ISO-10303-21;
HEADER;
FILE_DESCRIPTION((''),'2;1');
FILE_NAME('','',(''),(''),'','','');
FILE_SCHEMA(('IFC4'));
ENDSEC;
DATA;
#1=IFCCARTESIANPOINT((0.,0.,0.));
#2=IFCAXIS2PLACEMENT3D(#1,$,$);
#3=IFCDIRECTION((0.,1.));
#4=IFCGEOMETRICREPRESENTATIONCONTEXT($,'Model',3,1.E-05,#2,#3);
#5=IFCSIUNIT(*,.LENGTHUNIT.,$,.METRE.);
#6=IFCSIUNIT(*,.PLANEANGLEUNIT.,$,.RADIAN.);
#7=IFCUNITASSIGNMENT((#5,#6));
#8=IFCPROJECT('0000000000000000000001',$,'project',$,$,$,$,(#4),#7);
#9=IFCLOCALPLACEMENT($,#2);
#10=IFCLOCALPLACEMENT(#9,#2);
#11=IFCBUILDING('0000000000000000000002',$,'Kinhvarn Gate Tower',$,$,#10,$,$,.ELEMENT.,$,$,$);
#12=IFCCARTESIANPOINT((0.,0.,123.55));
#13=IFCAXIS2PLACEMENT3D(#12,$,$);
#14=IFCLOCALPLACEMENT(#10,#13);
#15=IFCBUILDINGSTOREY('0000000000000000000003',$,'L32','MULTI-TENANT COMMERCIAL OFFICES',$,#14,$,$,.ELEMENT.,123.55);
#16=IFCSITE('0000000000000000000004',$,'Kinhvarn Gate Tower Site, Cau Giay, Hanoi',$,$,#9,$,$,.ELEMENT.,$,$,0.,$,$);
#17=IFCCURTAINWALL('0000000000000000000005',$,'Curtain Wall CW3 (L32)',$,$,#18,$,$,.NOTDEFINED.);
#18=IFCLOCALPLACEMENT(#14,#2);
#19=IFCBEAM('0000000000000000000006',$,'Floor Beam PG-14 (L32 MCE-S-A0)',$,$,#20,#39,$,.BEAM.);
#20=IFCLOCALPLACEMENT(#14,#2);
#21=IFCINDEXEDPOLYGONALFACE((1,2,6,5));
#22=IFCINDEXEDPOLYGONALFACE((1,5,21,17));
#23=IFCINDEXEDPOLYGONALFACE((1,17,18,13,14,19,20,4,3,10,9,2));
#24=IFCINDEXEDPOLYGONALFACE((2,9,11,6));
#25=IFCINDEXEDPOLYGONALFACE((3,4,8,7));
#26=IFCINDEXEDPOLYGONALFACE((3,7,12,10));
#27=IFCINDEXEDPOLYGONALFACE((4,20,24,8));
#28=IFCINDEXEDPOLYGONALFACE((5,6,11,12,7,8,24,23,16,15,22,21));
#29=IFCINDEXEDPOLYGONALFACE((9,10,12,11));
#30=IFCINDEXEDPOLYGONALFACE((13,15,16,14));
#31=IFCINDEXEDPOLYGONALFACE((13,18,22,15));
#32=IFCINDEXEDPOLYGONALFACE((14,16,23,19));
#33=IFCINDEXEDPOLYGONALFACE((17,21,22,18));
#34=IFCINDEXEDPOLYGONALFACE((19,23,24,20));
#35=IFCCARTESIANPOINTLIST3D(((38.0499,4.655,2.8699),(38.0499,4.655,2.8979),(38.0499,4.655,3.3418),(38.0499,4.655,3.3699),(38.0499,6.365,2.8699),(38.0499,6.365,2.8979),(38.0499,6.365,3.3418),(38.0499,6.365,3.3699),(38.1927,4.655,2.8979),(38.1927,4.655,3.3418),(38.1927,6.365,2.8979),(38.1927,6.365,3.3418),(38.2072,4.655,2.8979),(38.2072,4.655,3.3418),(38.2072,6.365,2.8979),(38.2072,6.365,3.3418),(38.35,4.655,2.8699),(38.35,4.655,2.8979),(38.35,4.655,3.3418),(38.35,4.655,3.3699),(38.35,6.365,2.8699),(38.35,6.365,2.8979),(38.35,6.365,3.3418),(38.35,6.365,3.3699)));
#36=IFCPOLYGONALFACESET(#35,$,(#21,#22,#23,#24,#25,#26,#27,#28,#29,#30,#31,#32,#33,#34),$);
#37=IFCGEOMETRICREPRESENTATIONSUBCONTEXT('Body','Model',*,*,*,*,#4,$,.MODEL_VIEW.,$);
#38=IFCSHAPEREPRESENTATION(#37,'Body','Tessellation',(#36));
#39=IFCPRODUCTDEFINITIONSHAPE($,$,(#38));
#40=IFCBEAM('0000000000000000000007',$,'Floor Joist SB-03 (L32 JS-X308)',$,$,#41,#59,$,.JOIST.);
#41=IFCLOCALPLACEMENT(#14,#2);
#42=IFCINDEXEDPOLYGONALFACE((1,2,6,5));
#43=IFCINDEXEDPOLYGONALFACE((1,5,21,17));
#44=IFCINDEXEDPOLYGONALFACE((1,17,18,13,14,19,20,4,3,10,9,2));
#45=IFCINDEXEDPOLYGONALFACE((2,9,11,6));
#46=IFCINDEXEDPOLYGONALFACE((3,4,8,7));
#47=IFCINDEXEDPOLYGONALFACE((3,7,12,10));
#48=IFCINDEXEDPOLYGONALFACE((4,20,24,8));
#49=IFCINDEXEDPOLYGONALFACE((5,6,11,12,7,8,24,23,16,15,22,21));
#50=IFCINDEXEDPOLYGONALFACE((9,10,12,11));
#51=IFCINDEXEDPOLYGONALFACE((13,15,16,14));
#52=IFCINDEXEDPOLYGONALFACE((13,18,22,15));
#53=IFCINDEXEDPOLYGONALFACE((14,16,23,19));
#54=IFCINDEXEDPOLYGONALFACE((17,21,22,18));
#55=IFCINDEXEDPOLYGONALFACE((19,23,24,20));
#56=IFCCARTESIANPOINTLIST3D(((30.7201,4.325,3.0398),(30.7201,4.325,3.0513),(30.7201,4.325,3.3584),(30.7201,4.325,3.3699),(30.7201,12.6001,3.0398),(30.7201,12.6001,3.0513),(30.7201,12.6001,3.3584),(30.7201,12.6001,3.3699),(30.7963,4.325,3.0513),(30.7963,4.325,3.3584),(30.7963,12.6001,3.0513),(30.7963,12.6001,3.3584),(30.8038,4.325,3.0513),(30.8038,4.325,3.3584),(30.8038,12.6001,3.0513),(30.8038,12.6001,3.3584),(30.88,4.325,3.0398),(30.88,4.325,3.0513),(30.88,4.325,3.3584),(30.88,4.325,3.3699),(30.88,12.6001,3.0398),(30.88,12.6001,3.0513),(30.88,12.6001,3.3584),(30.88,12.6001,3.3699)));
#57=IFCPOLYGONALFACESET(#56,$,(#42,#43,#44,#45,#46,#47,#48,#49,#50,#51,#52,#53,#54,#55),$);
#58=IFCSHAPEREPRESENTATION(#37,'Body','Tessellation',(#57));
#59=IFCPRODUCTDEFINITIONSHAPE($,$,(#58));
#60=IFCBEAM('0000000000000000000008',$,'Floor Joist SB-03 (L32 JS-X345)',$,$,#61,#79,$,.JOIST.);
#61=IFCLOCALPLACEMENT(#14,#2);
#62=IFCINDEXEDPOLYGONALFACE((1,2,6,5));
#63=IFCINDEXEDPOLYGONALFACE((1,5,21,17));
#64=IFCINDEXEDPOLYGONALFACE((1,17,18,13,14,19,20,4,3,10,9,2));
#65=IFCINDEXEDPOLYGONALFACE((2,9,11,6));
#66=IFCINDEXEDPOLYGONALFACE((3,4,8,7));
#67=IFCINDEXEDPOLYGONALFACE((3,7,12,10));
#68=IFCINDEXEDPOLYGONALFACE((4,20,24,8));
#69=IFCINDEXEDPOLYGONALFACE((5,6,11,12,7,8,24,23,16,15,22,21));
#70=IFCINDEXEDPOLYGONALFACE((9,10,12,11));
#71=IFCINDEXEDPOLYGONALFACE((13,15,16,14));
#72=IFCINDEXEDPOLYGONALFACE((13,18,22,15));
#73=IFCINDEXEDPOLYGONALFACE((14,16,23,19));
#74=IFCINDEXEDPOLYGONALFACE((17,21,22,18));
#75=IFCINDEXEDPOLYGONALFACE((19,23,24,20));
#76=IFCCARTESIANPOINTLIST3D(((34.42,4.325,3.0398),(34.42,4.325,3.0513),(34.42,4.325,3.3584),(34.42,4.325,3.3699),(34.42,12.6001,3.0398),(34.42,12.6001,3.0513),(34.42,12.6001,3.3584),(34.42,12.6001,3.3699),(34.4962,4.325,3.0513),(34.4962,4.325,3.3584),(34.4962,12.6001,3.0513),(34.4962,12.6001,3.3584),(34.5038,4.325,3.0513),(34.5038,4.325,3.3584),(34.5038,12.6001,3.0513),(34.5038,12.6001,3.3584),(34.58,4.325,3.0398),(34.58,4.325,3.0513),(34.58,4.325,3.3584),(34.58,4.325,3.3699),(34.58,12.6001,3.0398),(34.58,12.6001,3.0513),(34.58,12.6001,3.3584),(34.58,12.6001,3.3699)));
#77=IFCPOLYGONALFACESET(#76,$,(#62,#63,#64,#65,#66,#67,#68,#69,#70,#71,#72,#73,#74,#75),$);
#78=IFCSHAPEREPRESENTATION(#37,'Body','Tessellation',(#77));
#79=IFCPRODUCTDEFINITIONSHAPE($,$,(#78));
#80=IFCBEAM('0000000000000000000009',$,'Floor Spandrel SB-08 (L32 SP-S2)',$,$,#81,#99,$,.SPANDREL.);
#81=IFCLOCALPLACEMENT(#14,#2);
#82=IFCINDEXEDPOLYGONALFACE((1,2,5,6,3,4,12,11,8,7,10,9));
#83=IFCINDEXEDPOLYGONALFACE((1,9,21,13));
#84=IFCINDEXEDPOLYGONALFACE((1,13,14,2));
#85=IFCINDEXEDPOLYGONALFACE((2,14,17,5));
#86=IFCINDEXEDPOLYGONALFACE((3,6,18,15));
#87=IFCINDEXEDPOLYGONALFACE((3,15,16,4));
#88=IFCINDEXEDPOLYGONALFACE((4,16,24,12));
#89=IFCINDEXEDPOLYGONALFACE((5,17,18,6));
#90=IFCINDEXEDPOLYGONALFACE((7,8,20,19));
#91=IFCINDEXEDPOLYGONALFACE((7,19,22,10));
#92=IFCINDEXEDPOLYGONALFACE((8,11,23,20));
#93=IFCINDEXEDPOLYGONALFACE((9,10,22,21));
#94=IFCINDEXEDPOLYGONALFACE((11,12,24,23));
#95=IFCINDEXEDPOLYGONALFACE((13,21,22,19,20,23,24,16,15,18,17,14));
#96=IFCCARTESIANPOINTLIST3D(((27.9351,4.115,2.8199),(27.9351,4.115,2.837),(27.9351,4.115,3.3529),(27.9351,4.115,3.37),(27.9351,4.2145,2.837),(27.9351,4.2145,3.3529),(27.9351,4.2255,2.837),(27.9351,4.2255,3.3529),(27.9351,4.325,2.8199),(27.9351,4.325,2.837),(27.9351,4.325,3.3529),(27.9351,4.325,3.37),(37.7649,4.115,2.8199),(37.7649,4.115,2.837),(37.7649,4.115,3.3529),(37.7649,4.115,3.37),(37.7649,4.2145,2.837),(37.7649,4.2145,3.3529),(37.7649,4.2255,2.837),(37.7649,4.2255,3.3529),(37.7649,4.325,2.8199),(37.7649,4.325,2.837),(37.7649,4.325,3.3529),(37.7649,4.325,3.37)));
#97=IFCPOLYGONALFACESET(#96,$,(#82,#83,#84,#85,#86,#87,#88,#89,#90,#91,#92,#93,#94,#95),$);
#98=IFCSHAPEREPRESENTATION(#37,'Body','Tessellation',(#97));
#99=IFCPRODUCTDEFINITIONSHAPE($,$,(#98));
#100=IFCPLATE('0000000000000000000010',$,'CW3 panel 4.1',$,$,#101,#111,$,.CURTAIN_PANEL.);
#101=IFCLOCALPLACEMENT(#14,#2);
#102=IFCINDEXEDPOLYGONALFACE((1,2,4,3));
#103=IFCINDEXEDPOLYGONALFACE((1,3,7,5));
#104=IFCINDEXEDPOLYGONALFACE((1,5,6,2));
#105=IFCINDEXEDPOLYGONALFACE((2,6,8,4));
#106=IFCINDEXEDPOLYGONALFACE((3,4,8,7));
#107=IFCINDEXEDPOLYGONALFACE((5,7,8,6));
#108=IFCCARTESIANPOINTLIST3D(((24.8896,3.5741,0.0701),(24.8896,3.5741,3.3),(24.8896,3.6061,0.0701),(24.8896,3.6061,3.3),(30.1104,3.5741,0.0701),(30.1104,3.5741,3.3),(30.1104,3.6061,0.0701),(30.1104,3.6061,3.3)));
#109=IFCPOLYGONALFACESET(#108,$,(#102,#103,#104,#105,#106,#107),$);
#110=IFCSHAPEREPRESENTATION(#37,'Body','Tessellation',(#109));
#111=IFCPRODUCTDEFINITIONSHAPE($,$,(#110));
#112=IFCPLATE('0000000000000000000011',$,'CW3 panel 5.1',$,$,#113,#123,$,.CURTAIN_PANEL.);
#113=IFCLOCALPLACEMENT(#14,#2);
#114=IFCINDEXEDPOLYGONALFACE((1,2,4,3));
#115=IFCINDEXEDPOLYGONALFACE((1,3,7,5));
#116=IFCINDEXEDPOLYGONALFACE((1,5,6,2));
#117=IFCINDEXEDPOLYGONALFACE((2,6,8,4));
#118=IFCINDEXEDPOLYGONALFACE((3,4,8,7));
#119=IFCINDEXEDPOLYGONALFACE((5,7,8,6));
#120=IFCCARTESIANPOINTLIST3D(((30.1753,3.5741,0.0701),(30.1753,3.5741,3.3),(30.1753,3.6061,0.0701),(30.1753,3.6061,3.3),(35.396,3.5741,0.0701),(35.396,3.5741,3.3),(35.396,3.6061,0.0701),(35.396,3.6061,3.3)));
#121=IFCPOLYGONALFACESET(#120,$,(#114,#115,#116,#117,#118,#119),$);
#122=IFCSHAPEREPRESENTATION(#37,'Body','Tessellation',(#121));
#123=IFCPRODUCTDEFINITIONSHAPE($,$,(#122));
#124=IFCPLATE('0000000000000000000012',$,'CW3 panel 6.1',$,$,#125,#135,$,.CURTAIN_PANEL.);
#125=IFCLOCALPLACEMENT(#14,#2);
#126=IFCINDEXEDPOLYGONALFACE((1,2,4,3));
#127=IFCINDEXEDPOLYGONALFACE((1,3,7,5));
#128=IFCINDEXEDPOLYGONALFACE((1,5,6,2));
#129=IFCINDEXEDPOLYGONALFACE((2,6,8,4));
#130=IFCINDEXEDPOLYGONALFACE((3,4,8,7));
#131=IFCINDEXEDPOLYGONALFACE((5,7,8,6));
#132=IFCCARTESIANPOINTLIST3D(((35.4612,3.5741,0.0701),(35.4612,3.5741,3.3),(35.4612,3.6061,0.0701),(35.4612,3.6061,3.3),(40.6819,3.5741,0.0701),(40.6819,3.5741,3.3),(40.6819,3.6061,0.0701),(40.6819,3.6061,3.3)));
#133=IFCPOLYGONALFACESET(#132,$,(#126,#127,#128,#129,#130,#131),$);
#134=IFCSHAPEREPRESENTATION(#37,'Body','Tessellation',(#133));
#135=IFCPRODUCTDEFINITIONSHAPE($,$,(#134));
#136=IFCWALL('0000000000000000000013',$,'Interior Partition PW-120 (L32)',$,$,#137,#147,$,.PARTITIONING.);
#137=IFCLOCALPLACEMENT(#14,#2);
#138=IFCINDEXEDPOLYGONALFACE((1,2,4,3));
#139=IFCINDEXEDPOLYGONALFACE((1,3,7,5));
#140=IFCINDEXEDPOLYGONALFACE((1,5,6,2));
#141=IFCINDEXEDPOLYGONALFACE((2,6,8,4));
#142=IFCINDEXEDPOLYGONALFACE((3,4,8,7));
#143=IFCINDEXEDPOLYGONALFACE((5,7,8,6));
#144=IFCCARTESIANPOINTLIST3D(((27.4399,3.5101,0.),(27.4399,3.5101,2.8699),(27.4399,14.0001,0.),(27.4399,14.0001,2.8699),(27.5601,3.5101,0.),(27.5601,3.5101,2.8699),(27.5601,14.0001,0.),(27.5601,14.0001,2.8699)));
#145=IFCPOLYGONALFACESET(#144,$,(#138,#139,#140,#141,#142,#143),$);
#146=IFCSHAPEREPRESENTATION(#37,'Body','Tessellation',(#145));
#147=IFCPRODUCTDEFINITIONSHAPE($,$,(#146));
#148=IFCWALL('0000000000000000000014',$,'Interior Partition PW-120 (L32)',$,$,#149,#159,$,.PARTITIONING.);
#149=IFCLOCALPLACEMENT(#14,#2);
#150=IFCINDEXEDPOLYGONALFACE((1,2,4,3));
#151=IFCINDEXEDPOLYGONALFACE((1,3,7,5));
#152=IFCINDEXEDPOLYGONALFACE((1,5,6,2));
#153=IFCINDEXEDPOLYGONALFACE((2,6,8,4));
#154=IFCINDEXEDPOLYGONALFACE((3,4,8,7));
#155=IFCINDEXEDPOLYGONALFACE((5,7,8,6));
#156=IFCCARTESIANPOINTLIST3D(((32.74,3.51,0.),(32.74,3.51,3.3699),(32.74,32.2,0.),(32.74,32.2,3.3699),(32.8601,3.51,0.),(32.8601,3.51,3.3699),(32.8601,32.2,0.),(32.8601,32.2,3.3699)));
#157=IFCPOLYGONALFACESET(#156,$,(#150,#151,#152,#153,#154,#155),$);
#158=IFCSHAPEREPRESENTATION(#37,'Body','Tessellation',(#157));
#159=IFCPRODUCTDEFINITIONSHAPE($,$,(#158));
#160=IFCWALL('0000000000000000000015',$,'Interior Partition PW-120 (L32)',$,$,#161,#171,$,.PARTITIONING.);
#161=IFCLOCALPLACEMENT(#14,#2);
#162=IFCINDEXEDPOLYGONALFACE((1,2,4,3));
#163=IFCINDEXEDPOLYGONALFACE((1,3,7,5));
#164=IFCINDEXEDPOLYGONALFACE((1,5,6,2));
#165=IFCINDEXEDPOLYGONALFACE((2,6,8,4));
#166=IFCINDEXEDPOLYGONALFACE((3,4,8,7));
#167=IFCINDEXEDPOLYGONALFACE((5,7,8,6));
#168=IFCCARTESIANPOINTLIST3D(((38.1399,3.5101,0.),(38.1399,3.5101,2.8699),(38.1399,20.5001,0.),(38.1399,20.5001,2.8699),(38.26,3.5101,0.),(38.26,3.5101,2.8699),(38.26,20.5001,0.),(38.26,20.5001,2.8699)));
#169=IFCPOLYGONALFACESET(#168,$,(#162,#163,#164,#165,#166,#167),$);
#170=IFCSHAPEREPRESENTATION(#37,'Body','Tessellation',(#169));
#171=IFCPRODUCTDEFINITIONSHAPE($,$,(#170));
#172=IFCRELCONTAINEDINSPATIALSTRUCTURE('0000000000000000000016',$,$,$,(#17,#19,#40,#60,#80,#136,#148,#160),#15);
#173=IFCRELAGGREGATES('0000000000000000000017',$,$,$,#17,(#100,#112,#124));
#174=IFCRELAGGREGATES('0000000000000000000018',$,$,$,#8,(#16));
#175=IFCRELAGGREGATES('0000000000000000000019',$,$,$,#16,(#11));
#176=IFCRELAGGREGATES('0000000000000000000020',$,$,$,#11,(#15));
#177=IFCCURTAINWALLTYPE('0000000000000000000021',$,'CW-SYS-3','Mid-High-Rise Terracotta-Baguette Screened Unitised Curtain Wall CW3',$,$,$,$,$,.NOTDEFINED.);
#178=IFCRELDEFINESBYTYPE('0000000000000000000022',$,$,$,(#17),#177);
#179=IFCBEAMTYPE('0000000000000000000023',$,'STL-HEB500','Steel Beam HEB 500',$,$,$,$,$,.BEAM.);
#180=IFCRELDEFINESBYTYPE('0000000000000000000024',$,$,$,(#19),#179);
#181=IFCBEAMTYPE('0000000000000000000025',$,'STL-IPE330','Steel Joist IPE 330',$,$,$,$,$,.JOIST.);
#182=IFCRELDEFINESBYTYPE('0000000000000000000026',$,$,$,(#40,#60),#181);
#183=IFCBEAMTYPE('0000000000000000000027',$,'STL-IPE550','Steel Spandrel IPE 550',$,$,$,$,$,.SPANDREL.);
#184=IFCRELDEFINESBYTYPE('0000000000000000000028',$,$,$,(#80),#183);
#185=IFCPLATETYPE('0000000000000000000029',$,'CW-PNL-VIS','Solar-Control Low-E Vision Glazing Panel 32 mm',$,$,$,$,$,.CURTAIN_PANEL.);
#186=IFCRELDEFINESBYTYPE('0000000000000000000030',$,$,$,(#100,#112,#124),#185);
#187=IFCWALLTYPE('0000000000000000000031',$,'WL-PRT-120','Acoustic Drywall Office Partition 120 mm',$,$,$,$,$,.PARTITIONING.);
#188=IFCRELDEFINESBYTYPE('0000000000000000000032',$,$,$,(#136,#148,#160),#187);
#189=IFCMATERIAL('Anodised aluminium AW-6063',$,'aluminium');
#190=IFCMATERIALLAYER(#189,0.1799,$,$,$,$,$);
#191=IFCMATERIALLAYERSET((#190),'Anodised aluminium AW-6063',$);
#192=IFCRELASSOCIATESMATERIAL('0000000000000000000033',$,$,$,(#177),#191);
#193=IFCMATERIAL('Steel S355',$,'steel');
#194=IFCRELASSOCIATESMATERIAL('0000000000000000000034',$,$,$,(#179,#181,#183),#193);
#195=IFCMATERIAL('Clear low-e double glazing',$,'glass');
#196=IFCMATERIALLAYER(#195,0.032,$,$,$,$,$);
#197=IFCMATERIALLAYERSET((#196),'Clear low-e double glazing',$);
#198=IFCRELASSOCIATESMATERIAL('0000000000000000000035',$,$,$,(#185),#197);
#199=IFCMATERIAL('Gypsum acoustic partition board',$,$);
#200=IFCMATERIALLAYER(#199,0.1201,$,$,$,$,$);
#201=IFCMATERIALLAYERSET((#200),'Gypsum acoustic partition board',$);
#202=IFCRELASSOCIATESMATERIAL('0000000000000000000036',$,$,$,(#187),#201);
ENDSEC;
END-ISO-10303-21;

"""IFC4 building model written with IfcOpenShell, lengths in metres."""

from ifc_helpers import new_model, si_unit, direction, frame, frame_2d, origin, origin_2d, place, context, subcontext, project, spatial, rectangle, i_section, extrude, material, layer, layer_set, material_profile, profile_set, type_object, element, aggregate, save


model = new_model("IFC4")

# Units and contexts
model_context = context("Model", 3, precision=1e-05, world=origin(), true_north=direction((0.0, 1.0)))
body_context = subcontext(model_context, "Body", "Model", "MODEL_VIEW")
ifc_project = project(units=[si_unit("LENGTHUNIT", "METRE"), si_unit("PLANEANGLEUNIT", "RADIAN")], contexts=[model_context])

# Site, building, storey
site_placement = place(None, origin())
site = spatial("IfcSite", under=ifc_project, at=site_placement, Name="Kinhvarn Gate Tower Site, Cau Giay, Hanoi", CompositionType="ELEMENT", RefElevation=0.0)
building_placement = place(site_placement, origin())
building = spatial("IfcBuilding", under=site, at=building_placement, Name="Kinhvarn Gate Tower", CompositionType="ELEMENT")
storey_placement = place(building_placement, frame((0.0, 0.0, 123.55)))
storey = spatial("IfcBuildingStorey", under=building, at=storey_placement, Name="L32", Description="MULTI-TENANT COMMERCIAL OFFICES", CompositionType="ELEMENT", Elevation=123.55)

# Curtain wall
ifc_material_1 = material(Name="Anodised aluminium AW-6063", Category="aluminium")
ifc_layer_1 = layer(ifc_material_1, 0.1799)
ifc_layer_set_1 = layer_set([ifc_layer_1], Name="Anodised aluminium AW-6063")
curtain_wall_type = type_object("IfcCurtainWallType", Name="CW-SYS-3", Description="Mid-High-Rise Terracotta-Baguette Screened Unitised Curtain Wall CW3", PredefinedType="NOTDEFINED", material=ifc_layer_set_1)
curtain_wall_placement = place(storey_placement, origin())
curtain_wall = element("IfcCurtainWall", 1, at=curtain_wall_placement, inside=storey, type_object=curtain_wall_type, Name="Curtain Wall CW3 (L32)", PredefinedType="NOTDEFINED")

# Beams
ifc_material_2 = material(Name="Steel S355", Category="steel")
ifc_material_profile_1 = material_profile(ifc_material_2, i_section(OverallWidth=0.3, OverallDepth=0.5, WebThickness=0.0144, FlangeThickness=0.0281, at=origin_2d()), Name="HEB 500")
ifc_profile_set_1 = profile_set([ifc_material_profile_1], Name="Steel S355")
beam_type_1 = type_object("IfcBeamType", Name="STL-HEB500", Description="Steel Beam HEB 500", PredefinedType="BEAM", material=ifc_profile_set_1)
beam_1_placement = place(storey_placement, frame((38.2, 4.655, 3.1199), z_axis=(0.0, 1.0, 0.0), x_axis=(-1.0, 0.0, 0.0)))
element("IfcBeam", 2, at=beam_1_placement, inside=storey, type_object=beam_type_1, Name="Floor Beam PG-14 (L32 MCE-S-A0)", PredefinedType="BEAM", context=body_context, shape_type="SweptSolid", body=[
    extrude(i_section(OverallWidth=0.3, OverallDepth=0.5, WebThickness=0.0144, FlangeThickness=0.0281, at=origin_2d()), origin(), (0.0, 0.0, 1.0), 1.71),
])
ifc_material_profile_2 = material_profile(ifc_material_2, i_section(OverallWidth=0.1599, OverallDepth=0.3301, WebThickness=0.0076, FlangeThickness=0.0115, at=origin_2d()), Name="IPE 330")
ifc_profile_set_2 = profile_set([ifc_material_profile_2], Name="Steel S355")
beam_type_2 = type_object("IfcBeamType", Name="STL-IPE330", Description="Steel Joist IPE 330", PredefinedType="JOIST", material=ifc_profile_set_2)
for number, where, z_axis, x_axis, name in (
    (3, (30.8, 4.325, 3.2048), (0.0, 1.0, 0.0), (-1.0, 0.0, 0.0), "Floor Joist SB-03 (L32 JS-X308)"),
    (4, (34.5, 4.325, 3.2048), (0.0, 1.0, 0.0), (-1.0, 0.0, 0.0), "Floor Joist SB-03 (L32 JS-X345)"),
):
    element("IfcBeam", number, at=place(storey_placement, frame(where, z_axis=z_axis, x_axis=x_axis)), inside=storey, type_object=beam_type_2, Name=name, PredefinedType="JOIST", context=body_context, shape_type="SweptSolid", body=[
        extrude(i_section(OverallWidth=0.1599, OverallDepth=0.3301, WebThickness=0.0076, FlangeThickness=0.0115, at=origin_2d()), origin(), (0.0, 0.0, 1.0), 8.2751),
    ])
ifc_material_profile_3 = material_profile(ifc_material_2, i_section(OverallWidth=0.21, OverallDepth=0.55, WebThickness=0.011, FlangeThickness=0.0171, at=origin_2d()), Name="IPE 550")
ifc_profile_set_3 = profile_set([ifc_material_profile_3], Name="Steel S355")
beam_type_3 = type_object("IfcBeamType", Name="STL-IPE550", Description="Steel Spandrel IPE 550", PredefinedType="SPANDREL", material=ifc_profile_set_3)
beam_2_placement = place(storey_placement, frame((27.9351, 4.22, 3.095), z_axis=(1.0, 0.0, 0.0), x_axis=(0.0, 1.0, 0.0)))
element("IfcBeam", 5, at=beam_2_placement, inside=storey, type_object=beam_type_3, Name="Floor Spandrel SB-08 (L32 SP-S2)", PredefinedType="SPANDREL", context=body_context, shape_type="SweptSolid", body=[
    extrude(i_section(OverallWidth=0.21, OverallDepth=0.55, WebThickness=0.011, FlangeThickness=0.0171, at=origin_2d()), origin(), (0.0, 0.0, 1.0), 9.8298),
])

# Plates
ifc_material_3 = material(Name="Clear low-e double glazing", Category="glass")
ifc_layer_2 = layer(ifc_material_3, 0.032)
ifc_layer_set_2 = layer_set([ifc_layer_2], Name="Clear low-e double glazing")
plate_type = type_object("IfcPlateType", Name="CW-PNL-VIS", Description="Solar-Control Low-E Vision Glazing Panel 32 mm", PredefinedType="CURTAIN_PANEL", material=ifc_layer_set_2)
plate_1_placement = place(storey_placement, frame((27.5, 3.5901, 0.0701), z_axis=(0.0, 0.0, 1.0), x_axis=(1.0, 0.0, 0.0)))
plate_1 = element("IfcPlate", 6, at=plate_1_placement, type_object=plate_type, Name="CW3 panel 4.1", PredefinedType="CURTAIN_PANEL", context=body_context, shape_type="SweptSolid", body=[
    extrude(rectangle(XDim=5.2207, YDim=0.032, at=origin_2d()), origin(), (0.0, 0.0, 1.0), 3.23),
])
plate_2_placement = place(storey_placement, frame((32.7856, 3.5901, 0.0701), z_axis=(0.0, 0.0, 1.0), x_axis=(1.0, 0.0, 0.0)))
plate_2 = element("IfcPlate", 7, at=plate_2_placement, type_object=plate_type, Name="CW3 panel 5.1", PredefinedType="CURTAIN_PANEL", context=body_context, shape_type="SweptSolid", body=[
    extrude(rectangle(XDim=5.2207, YDim=0.032, at=origin_2d()), origin(), (0.0, 0.0, 1.0), 3.23),
])
plate_3_placement = place(storey_placement, frame((38.0715, 3.5901, 0.0701), z_axis=(0.0, 0.0, 1.0), x_axis=(1.0, 0.0, 0.0)))
plate_3 = element("IfcPlate", 8, at=plate_3_placement, type_object=plate_type, Name="CW3 panel 6.1", PredefinedType="CURTAIN_PANEL", context=body_context, shape_type="SweptSolid", body=[
    extrude(rectangle(XDim=5.2207, YDim=0.032, at=origin_2d()), origin(), (0.0, 0.0, 1.0), 3.23),
])
aggregate(curtain_wall, [plate_1, plate_2, plate_3])

# Walls
ifc_material_4 = material(Name="Gypsum acoustic partition board")
ifc_layer_3 = layer(ifc_material_4, 0.1201)
ifc_layer_set_3 = layer_set([ifc_layer_3], Name="Gypsum acoustic partition board")
wall_type = type_object("IfcWallType", Name="WL-PRT-120", Description="Acoustic Drywall Office Partition 120 mm", PredefinedType="PARTITIONING", material=ifc_layer_set_3)
wall_1_placement = place(storey_placement, frame((27.5, 3.51, 0.0), z_axis=(0.0, 0.0, 1.0), x_axis=(0.0, 1.0, 0.0)))
element("IfcWall", 9, at=wall_1_placement, inside=storey, type_object=wall_type, Name="Interior Partition PW-120 (L32)", PredefinedType="PARTITIONING", context=body_context, shape_type="SweptSolid", body=[
    extrude(rectangle(XDim=10.49, YDim=0.1201, at=frame_2d((5.2451, 0.0))), origin(), (0.0, 0.0, 1.0), 2.8699),
])
wall_2_placement = place(storey_placement, frame((32.8, 3.51, 0.0), z_axis=(0.0, 0.0, 1.0), x_axis=(0.0, 1.0, 0.0)))
element("IfcWall", 10, at=wall_2_placement, inside=storey, type_object=wall_type, Name="Interior Partition PW-120 (L32)", PredefinedType="PARTITIONING", context=body_context, shape_type="SweptSolid", body=[
    extrude(rectangle(XDim=28.6899, YDim=0.1201, at=frame_2d((14.345, 0.0))), origin(), (0.0, 0.0, 1.0), 3.3699),
])
wall_3_placement = place(storey_placement, frame((38.2, 3.51, 0.0), z_axis=(0.0, 0.0, 1.0), x_axis=(0.0, 1.0, 0.0)))
element("IfcWall", 11, at=wall_3_placement, inside=storey, type_object=wall_type, Name="Interior Partition PW-120 (L32)", PredefinedType="PARTITIONING", context=body_context, shape_type="SweptSolid", body=[
    extrude(rectangle(XDim=16.99, YDim=0.1201, at=frame_2d((8.4951, 0.0))), origin(), (0.0, 0.0, 1.0), 2.8699),
])

save(model, "model.ifc")
